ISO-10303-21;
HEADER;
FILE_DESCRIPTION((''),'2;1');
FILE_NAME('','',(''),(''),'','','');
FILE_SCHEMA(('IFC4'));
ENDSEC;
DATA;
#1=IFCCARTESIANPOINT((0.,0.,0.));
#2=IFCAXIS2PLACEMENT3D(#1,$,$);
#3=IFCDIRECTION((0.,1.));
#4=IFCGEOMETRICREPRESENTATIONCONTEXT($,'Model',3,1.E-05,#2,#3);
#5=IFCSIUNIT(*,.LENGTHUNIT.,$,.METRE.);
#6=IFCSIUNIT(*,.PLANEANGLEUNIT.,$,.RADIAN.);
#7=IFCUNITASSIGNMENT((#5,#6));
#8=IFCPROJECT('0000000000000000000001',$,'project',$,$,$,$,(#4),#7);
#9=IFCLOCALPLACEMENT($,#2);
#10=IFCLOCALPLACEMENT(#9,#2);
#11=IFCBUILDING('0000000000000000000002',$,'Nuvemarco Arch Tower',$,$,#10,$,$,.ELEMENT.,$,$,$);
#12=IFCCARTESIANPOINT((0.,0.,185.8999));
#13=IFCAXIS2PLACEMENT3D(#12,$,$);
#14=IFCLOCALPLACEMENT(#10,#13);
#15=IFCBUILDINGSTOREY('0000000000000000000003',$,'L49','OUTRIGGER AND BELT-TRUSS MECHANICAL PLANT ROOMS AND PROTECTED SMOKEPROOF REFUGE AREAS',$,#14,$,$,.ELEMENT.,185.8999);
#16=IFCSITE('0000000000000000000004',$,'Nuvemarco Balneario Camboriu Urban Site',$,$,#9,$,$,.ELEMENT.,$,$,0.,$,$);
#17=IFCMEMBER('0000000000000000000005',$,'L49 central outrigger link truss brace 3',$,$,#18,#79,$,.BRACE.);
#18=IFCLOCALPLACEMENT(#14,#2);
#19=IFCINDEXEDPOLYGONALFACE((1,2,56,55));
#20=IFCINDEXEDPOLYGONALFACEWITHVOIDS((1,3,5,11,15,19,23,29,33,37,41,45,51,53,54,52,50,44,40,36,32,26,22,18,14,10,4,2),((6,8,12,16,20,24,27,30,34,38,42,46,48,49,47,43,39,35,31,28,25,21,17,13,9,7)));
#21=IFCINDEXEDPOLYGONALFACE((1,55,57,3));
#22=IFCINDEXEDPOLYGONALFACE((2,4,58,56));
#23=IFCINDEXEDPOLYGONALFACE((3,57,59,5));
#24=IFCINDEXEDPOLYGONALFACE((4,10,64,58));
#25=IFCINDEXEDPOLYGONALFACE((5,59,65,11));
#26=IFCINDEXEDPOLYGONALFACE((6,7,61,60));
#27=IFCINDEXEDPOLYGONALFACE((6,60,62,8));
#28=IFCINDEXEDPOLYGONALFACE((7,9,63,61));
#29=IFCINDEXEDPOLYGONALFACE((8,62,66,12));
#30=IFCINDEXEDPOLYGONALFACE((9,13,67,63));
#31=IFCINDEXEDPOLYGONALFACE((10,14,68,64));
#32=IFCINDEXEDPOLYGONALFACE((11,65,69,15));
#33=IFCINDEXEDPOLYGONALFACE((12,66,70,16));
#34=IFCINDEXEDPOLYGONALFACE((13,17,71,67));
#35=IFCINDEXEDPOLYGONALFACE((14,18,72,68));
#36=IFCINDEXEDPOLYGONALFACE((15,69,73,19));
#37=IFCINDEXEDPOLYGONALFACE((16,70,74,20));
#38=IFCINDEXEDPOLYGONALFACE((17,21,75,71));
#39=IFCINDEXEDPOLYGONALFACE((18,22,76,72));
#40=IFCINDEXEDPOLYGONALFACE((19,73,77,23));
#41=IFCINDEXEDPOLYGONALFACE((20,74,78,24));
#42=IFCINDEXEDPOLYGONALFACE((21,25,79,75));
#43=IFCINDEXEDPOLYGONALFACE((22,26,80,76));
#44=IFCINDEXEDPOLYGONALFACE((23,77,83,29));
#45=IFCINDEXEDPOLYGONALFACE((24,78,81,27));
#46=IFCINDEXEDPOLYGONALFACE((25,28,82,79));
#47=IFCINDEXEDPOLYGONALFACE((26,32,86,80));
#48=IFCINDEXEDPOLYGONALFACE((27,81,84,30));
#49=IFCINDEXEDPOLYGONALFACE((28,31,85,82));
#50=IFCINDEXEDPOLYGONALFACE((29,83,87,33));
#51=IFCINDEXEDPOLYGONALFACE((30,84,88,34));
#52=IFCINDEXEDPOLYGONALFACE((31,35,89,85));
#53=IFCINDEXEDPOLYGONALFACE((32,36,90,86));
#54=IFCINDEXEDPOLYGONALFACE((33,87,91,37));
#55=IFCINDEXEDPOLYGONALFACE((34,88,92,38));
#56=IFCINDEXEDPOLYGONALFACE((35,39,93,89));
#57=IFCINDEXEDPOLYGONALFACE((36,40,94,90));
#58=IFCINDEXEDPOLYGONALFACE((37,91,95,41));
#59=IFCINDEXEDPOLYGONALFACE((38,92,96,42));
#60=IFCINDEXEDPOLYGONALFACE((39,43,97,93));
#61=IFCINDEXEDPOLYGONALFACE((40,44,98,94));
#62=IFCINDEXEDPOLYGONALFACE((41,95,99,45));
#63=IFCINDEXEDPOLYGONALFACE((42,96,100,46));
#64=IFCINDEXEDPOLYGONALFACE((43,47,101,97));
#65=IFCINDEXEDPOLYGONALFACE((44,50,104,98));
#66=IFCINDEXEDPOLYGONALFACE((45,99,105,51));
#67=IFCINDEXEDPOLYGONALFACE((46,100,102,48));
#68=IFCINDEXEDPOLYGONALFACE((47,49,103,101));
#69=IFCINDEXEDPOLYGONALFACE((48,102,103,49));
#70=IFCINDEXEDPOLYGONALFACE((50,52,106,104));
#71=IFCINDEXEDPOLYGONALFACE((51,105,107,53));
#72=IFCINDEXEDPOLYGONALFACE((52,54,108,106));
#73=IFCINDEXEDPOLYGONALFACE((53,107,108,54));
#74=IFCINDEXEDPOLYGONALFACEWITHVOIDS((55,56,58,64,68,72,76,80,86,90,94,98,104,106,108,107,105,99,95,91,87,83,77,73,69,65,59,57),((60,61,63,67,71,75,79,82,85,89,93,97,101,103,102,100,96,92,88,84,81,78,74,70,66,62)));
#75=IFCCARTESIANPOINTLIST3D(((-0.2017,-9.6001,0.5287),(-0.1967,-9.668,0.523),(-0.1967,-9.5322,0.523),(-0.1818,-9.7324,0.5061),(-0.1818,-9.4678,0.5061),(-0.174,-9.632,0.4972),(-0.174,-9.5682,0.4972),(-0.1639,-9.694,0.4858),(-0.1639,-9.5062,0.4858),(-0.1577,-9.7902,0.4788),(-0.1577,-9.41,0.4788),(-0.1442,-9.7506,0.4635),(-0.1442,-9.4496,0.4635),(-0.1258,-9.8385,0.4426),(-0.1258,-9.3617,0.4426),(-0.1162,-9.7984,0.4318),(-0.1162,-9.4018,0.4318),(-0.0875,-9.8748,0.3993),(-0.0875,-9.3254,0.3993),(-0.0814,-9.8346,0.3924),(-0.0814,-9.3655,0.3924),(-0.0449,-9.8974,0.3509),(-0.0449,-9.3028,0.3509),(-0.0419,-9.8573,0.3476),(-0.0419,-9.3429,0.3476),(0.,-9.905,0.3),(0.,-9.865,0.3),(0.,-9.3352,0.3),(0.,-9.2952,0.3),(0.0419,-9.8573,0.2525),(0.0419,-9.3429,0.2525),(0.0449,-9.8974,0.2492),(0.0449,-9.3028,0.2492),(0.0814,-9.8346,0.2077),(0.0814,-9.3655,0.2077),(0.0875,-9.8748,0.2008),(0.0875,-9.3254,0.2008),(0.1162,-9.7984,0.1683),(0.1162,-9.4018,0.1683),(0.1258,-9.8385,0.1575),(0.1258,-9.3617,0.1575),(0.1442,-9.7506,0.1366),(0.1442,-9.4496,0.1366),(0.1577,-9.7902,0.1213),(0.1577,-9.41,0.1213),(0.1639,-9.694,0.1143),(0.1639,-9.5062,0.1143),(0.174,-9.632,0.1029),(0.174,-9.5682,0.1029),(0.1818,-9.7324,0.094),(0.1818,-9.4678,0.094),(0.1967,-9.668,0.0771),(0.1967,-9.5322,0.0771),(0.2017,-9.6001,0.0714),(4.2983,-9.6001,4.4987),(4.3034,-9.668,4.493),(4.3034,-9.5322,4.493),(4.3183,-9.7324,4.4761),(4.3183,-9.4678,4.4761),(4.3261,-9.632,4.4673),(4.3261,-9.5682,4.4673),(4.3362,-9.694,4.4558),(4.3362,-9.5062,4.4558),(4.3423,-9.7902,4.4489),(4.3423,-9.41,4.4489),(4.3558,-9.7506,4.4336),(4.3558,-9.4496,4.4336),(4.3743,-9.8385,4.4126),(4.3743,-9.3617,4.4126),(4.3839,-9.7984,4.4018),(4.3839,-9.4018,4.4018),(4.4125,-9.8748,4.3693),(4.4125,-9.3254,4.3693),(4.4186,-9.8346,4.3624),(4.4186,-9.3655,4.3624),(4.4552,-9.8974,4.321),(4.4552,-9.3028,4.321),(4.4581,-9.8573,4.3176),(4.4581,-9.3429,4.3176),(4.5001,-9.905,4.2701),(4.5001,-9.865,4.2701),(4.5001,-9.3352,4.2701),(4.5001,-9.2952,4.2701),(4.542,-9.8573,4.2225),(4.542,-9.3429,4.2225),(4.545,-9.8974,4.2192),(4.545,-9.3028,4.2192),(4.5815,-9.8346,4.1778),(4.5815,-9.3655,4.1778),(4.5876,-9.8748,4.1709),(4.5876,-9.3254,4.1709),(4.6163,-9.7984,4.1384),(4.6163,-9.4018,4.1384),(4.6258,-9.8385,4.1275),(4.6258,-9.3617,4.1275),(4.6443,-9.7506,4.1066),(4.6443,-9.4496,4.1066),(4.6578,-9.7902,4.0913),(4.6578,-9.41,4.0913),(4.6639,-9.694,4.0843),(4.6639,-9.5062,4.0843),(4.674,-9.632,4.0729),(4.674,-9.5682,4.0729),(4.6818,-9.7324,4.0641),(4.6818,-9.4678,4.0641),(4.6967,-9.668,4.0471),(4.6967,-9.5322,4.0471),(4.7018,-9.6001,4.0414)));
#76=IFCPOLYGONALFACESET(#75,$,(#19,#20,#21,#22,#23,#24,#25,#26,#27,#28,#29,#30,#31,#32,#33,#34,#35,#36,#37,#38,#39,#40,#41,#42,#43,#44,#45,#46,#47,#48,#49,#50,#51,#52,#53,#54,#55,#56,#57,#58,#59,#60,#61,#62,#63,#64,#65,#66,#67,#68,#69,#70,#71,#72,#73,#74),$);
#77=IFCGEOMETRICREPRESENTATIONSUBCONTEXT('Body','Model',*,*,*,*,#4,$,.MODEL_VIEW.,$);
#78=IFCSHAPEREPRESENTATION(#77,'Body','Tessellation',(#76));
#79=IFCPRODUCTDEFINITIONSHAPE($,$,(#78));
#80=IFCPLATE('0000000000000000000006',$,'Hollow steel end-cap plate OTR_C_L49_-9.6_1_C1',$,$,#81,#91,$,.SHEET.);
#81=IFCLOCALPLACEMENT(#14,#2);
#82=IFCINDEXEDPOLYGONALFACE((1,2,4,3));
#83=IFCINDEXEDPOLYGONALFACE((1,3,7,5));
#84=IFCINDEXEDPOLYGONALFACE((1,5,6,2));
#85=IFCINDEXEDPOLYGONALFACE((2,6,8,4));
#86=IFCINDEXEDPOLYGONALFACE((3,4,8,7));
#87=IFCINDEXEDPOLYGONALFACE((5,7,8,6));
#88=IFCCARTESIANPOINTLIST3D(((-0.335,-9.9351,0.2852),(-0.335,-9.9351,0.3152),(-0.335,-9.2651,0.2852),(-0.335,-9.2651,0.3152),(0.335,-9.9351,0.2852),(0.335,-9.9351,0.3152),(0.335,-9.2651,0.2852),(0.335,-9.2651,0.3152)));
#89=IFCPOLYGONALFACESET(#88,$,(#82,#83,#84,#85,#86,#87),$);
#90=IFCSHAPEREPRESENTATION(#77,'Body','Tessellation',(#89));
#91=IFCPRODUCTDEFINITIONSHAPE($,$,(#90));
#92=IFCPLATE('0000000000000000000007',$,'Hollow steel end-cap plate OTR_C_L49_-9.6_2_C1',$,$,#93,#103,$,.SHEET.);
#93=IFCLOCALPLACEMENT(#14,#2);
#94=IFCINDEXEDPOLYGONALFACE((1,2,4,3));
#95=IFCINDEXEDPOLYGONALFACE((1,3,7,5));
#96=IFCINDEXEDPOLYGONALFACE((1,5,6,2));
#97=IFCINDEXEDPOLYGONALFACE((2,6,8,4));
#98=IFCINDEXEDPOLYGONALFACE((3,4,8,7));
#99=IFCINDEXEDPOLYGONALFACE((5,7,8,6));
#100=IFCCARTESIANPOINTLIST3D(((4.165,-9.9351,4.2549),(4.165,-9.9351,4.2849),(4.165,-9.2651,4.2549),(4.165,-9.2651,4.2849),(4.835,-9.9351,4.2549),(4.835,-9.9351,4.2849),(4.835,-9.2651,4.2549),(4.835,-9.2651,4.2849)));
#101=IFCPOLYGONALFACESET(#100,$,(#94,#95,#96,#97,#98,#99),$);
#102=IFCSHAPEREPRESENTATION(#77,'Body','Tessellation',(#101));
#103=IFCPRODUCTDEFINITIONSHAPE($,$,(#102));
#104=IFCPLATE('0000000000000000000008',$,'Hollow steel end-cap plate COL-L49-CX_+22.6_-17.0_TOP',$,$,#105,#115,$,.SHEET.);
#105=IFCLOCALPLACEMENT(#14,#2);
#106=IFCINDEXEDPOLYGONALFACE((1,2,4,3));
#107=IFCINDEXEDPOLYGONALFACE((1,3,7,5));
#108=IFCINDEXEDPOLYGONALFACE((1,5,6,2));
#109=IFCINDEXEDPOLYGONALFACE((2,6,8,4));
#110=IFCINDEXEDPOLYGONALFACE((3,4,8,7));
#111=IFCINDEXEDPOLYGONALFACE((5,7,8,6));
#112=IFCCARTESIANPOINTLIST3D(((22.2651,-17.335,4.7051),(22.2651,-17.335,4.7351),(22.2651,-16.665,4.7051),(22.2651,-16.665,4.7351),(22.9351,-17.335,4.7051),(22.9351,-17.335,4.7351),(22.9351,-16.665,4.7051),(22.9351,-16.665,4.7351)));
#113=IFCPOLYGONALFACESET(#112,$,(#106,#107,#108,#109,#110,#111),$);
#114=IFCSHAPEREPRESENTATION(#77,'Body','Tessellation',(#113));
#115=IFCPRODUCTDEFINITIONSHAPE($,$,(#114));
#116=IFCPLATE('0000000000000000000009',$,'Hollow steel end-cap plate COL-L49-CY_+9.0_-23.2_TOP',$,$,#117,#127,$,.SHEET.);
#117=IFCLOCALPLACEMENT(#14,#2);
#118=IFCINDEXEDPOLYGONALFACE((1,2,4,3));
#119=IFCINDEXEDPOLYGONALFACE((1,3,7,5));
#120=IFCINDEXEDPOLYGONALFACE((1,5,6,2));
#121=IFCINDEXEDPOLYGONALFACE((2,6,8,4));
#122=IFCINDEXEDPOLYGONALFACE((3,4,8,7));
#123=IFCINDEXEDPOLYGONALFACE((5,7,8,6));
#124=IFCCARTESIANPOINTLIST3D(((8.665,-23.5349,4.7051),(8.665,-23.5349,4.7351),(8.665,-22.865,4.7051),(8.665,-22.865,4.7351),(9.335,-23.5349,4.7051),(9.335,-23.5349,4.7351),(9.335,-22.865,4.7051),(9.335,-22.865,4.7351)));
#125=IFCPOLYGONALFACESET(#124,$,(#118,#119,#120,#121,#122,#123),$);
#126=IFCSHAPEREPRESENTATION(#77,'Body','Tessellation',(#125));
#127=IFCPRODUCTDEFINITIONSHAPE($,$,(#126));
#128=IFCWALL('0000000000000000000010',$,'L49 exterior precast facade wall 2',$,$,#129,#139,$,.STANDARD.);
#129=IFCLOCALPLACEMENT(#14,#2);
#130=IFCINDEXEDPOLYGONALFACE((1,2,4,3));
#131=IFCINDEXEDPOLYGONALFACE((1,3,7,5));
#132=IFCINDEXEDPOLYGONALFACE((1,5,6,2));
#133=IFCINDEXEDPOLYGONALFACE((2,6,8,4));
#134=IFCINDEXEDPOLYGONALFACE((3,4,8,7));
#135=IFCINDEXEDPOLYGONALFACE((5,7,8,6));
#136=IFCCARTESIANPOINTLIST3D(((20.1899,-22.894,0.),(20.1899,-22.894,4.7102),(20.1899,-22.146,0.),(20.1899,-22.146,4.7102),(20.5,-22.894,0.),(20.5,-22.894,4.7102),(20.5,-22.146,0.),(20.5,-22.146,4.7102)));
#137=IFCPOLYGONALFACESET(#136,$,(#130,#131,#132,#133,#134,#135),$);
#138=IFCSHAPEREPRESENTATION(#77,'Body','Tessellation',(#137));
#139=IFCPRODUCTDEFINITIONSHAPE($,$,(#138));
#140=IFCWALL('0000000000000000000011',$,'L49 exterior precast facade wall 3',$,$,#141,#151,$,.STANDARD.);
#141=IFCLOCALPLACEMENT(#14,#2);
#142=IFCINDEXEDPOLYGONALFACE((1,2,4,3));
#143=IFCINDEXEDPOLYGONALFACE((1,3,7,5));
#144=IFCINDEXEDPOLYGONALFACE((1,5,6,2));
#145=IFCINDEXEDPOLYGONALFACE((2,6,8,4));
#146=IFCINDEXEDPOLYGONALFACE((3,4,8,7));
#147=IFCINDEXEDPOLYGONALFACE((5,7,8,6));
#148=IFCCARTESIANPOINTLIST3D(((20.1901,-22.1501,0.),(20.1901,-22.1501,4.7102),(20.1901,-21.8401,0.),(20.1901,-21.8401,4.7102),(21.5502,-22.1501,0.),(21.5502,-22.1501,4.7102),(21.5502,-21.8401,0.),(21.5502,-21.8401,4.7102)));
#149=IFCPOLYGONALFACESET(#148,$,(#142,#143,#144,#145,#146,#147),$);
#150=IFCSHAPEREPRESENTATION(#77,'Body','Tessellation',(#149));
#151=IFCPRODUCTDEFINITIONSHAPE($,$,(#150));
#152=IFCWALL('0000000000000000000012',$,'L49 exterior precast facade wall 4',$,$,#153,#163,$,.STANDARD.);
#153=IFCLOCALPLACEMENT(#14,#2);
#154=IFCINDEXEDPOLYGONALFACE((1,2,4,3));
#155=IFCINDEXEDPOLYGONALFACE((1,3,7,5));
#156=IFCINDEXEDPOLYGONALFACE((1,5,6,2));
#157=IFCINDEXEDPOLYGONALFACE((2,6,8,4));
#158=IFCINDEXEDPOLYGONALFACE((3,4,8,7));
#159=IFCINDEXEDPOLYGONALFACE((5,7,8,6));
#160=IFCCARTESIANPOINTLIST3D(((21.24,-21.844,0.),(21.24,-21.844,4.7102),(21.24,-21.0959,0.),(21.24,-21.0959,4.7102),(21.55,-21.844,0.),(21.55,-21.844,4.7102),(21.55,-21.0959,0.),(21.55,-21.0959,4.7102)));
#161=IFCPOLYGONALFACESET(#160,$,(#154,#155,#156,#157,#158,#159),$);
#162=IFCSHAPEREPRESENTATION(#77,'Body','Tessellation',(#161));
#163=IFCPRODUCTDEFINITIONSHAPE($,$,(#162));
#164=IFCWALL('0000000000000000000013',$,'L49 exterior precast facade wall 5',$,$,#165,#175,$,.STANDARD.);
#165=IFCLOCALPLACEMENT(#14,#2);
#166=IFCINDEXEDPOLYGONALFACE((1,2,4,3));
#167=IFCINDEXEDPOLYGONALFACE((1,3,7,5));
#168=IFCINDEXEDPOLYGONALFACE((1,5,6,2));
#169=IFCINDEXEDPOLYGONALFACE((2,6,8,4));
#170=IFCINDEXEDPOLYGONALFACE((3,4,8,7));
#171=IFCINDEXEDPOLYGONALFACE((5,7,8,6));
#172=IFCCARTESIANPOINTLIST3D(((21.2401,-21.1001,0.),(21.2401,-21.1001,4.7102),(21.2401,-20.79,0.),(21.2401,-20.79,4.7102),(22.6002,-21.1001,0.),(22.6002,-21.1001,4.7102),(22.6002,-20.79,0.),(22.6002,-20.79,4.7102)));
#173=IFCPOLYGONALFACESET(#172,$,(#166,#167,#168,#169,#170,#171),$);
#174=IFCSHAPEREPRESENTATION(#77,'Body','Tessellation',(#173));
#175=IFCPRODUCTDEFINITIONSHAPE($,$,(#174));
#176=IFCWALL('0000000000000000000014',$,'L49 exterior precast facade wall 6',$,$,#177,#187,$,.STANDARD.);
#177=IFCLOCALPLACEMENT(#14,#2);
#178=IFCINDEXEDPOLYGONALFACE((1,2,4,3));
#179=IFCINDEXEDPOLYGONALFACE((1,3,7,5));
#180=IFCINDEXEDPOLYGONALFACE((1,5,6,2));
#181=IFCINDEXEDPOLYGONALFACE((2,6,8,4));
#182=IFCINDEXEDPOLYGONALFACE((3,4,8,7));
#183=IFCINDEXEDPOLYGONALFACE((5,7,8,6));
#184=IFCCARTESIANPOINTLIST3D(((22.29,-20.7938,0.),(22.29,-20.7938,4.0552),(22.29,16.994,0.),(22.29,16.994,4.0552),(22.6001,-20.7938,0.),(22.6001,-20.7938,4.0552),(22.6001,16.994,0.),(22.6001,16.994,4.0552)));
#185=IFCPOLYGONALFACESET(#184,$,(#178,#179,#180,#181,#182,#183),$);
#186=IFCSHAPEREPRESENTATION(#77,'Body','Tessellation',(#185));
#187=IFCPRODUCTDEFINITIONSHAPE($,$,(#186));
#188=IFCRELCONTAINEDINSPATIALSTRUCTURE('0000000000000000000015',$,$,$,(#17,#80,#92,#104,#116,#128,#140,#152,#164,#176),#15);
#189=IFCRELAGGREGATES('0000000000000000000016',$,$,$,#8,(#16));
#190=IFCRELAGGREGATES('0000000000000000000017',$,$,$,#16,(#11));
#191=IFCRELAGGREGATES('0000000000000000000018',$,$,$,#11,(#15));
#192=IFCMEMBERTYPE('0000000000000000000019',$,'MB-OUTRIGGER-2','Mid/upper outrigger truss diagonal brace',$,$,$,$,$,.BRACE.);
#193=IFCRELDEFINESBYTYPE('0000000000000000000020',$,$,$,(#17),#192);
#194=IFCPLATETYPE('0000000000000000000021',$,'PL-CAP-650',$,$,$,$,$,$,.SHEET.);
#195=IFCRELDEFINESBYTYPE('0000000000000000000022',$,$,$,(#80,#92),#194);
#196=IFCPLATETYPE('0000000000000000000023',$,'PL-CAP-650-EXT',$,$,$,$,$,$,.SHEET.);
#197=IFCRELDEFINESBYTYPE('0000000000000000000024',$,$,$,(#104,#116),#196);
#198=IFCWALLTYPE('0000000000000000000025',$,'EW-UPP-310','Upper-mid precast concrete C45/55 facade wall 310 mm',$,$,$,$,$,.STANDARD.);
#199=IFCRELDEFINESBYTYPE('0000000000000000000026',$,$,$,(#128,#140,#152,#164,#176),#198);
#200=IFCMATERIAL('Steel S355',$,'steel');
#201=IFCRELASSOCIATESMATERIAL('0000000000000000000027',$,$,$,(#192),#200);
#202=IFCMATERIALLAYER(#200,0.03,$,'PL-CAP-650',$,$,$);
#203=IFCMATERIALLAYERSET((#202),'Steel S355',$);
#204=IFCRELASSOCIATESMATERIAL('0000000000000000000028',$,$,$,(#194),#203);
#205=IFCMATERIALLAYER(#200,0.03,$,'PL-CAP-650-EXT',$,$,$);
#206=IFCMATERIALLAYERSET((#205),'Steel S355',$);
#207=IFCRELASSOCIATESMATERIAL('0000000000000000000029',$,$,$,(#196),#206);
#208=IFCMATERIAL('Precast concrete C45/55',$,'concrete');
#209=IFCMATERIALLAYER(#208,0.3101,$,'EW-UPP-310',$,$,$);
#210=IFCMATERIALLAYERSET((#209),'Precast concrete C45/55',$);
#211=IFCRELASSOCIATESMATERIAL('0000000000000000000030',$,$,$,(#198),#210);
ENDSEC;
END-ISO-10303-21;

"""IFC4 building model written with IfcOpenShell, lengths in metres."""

from ifc_helpers import new_model, si_unit, direction, frame, frame_2d, origin, origin_2d, place, context, subcontext, project, spatial, rectangle, hollow_circle, extrude, source, transform, mapped, material, layer, layer_set, material_profile, profile_set, type_object, type_shapes, element, save


model = new_model("IFC4")

# Units and contexts
model_context = context("Model", 3, precision=1e-05, world=origin(), true_north=direction((0.0, 1.0)))
body_context = subcontext(model_context, "Body", "Model", "MODEL_VIEW")
ifc_project = project(units=[si_unit("LENGTHUNIT", "METRE"), si_unit("PLANEANGLEUNIT", "RADIAN")], contexts=[model_context])

# Site, building, storey
site_placement = place(None, origin())
site = spatial("IfcSite", under=ifc_project, at=site_placement, Name="Nuvemarco Balneario Camboriu Urban Site", CompositionType="ELEMENT", RefElevation=0.0)
building_placement = place(site_placement, origin())
building = spatial("IfcBuilding", under=site, at=building_placement, Name="Nuvemarco Arch Tower", CompositionType="ELEMENT")
storey_placement = place(building_placement, frame((0.0, 0.0, 185.8999)))
storey = spatial("IfcBuildingStorey", under=building, at=storey_placement, Name="L49", Description="OUTRIGGER AND BELT-TRUSS MECHANICAL PLANT ROOMS AND PROTECTED SMOKEPROOF REFUGE AREAS", CompositionType="ELEMENT", Elevation=185.8999)

# Shared definitions
ifc_material_1 = material(Name="Steel S355", Category="steel")

# Shared definitions
ifc_material_2 = material(Name="Precast concrete C45/55", Category="concrete")

# Member
ifc_material_profile_1 = material_profile(ifc_material_1, hollow_circle(Radius=0.3049, WallThickness=0.04, at=origin_2d()), Name="CHS610x40")
ifc_profile_set_1 = profile_set([ifc_material_profile_1], Name="Steel S355")
member_type = type_object("IfcMemberType", Name="MB-OUTRIGGER-2", Description="Mid/upper outrigger truss diagonal brace", PredefinedType="BRACE", material=ifc_profile_set_1)
member_placement = place(storey_placement, frame((0.0, -9.6001, 0.3), z_axis=(0.749889, 0.0, 0.661564), x_axis=(0.0, 1.0, 0.0)))
element("IfcMember", 1, at=member_placement, inside=storey, type_object=member_type, Name="L49 central outrigger link truss brace 3", PredefinedType="BRACE", context=body_context, shape_type="SweptSolid", body=[
    extrude(hollow_circle(Radius=0.3049, WallThickness=0.04, at=origin_2d()), origin(), (0.0, 0.0, 1.0), 6.001),
])

# Plates
ifc_layer_1 = layer(ifc_material_1, 0.03, Name="PL-CAP-650")
ifc_layer_set_1 = layer_set([ifc_layer_1], Name="Steel S355")
plate_type_1 = type_object("IfcPlateType", Name="PL-CAP-650", PredefinedType="SHEET", material=ifc_layer_set_1)
shared_shape_1 = source(origin(), body_context, "Body", "SweptSolid", [
    extrude(rectangle(XDim=0.6699, YDim=0.6699, at=origin_2d()), origin(), (0.0, 0.0, 1.0), 0.03),
])
type_shapes(plate_type_1, [shared_shape_1])
for number, where, z_axis, x_axis, name in (
    (2, (0.0, -9.6001, 0.2852), (0.0, 0.0, 1.0), (1.0, 0.0, 0.0), "Hollow steel end-cap plate OTR_C_L49_-9.6_1_C1"),
    (3, (4.5, -9.6001, 4.2549), (0.0, 0.0, 1.0), (1.0, 0.0, 0.0), "Hollow steel end-cap plate OTR_C_L49_-9.6_2_C1"),
):
    element("IfcPlate", number, at=place(storey_placement, frame(where, z_axis=z_axis, x_axis=x_axis)), inside=storey, type_object=plate_type_1, Name=name, PredefinedType="SHEET", context=body_context, shape_type="MappedRepresentation", body=[
        mapped(shared_shape_1, transform((0.0, 0.0, 0.0), scale=1.0)),
    ])
ifc_layer_2 = layer(ifc_material_1, 0.03, Name="PL-CAP-650-EXT")
ifc_layer_set_2 = layer_set([ifc_layer_2], Name="Steel S355")
plate_type_2 = type_object("IfcPlateType", Name="PL-CAP-650-EXT", PredefinedType="SHEET", material=ifc_layer_set_2)
shared_shape_2 = source(origin(), body_context, "Body", "SweptSolid", [
    extrude(rectangle(XDim=0.6699, YDim=0.6699, at=origin_2d()), origin(), (0.0, 0.0, 1.0), 0.03),
])
type_shapes(plate_type_2, [shared_shape_2])
for number, where, z_axis, x_axis, name in (
    (4, (22.6001, -17.0, 4.7051), (0.0, 0.0, 1.0), (1.0, 0.0, 0.0), "Hollow steel end-cap plate COL-L49-CX_+22.6_-17.0_TOP"),
    (5, (9.0, -23.2, 4.7051), (0.0, 0.0, 1.0), (1.0, 0.0, 0.0), "Hollow steel end-cap plate COL-L49-CY_+9.0_-23.2_TOP"),
):
    element("IfcPlate", number, at=place(storey_placement, frame(where, z_axis=z_axis, x_axis=x_axis)), inside=storey, type_object=plate_type_2, Name=name, PredefinedType="SHEET", context=body_context, shape_type="MappedRepresentation", body=[
        mapped(shared_shape_2, transform((0.0, 0.0, 0.0), scale=1.0)),
    ])

# Walls
ifc_layer_3 = layer(ifc_material_2, 0.3101, Name="EW-UPP-310")
ifc_layer_set_3 = layer_set([ifc_layer_3], Name="Precast concrete C45/55")
wall_type_1 = type_object("IfcWallType", Name="EW-UPP-310", Description="Upper-mid precast concrete C45/55 facade wall 310 mm", PredefinedType="STANDARD", material=ifc_layer_set_3)
wall_1_placement = place(storey_placement, frame((20.345, -22.894, 0.0), z_axis=(0.0, 0.0, 1.0), x_axis=(0.0, 1.0, 0.0)))
element("IfcWall", 6, at=wall_1_placement, inside=storey, type_object=wall_type_1, Name="L49 exterior precast facade wall 2", PredefinedType="STANDARD", context=body_context, shape_type="SweptSolid", body=[
    extrude(rectangle(XDim=0.748, YDim=0.3101, at=frame_2d((0.374, 0.0))), origin(), (0.0, 0.0, 1.0), 4.7102),
])
wall_2_placement = place(storey_placement, frame((20.1899, -21.9951, 0.0), z_axis=(0.0, 0.0, 1.0), x_axis=(1.0, 0.0, 0.0)))
element("IfcWall", 7, at=wall_2_placement, inside=storey, type_object=wall_type_1, Name="L49 exterior precast facade wall 3", PredefinedType="STANDARD", context=body_context, shape_type="SweptSolid", body=[
    extrude(rectangle(XDim=1.3601, YDim=0.3101, at=frame_2d((0.6802, 0.0))), origin(), (0.0, 0.0, 1.0), 4.7102),
])
wall_3_placement = place(storey_placement, frame((21.395, -21.844, 0.0), z_axis=(0.0, 0.0, 1.0), x_axis=(0.0, 1.0, 0.0)))
element("IfcWall", 8, at=wall_3_placement, inside=storey, type_object=wall_type_1, Name="L49 exterior precast facade wall 4", PredefinedType="STANDARD", context=body_context, shape_type="SweptSolid", body=[
    extrude(rectangle(XDim=0.748, YDim=0.3101, at=frame_2d((0.374, 0.0))), origin(), (0.0, 0.0, 1.0), 4.7102),
])
wall_4_placement = place(storey_placement, frame((21.24, -20.9451, 0.0), z_axis=(0.0, 0.0, 1.0), x_axis=(1.0, 0.0, 0.0)))
element("IfcWall", 9, at=wall_4_placement, inside=storey, type_object=wall_type_1, Name="L49 exterior precast facade wall 5", PredefinedType="STANDARD", context=body_context, shape_type="SweptSolid", body=[
    extrude(rectangle(XDim=1.3601, YDim=0.3101, at=frame_2d((0.6802, 0.0))), origin(), (0.0, 0.0, 1.0), 4.7102),
])
wall_5_placement = place(storey_placement, frame((22.4451, -20.7939, 0.0), z_axis=(0.0, 0.0, 1.0), x_axis=(0.0, 1.0, 0.0)))
element("IfcWall", 10, at=wall_5_placement, inside=storey, type_object=wall_type_1, Name="L49 exterior precast facade wall 6", PredefinedType="STANDARD", context=body_context, shape_type="SweptSolid", body=[
    extrude(rectangle(XDim=37.7878, YDim=0.3101, at=frame_2d((18.894, 0.0))), origin(), (0.0, 0.0, 1.0), 4.0552),
])

save(model, "model.ifc")
